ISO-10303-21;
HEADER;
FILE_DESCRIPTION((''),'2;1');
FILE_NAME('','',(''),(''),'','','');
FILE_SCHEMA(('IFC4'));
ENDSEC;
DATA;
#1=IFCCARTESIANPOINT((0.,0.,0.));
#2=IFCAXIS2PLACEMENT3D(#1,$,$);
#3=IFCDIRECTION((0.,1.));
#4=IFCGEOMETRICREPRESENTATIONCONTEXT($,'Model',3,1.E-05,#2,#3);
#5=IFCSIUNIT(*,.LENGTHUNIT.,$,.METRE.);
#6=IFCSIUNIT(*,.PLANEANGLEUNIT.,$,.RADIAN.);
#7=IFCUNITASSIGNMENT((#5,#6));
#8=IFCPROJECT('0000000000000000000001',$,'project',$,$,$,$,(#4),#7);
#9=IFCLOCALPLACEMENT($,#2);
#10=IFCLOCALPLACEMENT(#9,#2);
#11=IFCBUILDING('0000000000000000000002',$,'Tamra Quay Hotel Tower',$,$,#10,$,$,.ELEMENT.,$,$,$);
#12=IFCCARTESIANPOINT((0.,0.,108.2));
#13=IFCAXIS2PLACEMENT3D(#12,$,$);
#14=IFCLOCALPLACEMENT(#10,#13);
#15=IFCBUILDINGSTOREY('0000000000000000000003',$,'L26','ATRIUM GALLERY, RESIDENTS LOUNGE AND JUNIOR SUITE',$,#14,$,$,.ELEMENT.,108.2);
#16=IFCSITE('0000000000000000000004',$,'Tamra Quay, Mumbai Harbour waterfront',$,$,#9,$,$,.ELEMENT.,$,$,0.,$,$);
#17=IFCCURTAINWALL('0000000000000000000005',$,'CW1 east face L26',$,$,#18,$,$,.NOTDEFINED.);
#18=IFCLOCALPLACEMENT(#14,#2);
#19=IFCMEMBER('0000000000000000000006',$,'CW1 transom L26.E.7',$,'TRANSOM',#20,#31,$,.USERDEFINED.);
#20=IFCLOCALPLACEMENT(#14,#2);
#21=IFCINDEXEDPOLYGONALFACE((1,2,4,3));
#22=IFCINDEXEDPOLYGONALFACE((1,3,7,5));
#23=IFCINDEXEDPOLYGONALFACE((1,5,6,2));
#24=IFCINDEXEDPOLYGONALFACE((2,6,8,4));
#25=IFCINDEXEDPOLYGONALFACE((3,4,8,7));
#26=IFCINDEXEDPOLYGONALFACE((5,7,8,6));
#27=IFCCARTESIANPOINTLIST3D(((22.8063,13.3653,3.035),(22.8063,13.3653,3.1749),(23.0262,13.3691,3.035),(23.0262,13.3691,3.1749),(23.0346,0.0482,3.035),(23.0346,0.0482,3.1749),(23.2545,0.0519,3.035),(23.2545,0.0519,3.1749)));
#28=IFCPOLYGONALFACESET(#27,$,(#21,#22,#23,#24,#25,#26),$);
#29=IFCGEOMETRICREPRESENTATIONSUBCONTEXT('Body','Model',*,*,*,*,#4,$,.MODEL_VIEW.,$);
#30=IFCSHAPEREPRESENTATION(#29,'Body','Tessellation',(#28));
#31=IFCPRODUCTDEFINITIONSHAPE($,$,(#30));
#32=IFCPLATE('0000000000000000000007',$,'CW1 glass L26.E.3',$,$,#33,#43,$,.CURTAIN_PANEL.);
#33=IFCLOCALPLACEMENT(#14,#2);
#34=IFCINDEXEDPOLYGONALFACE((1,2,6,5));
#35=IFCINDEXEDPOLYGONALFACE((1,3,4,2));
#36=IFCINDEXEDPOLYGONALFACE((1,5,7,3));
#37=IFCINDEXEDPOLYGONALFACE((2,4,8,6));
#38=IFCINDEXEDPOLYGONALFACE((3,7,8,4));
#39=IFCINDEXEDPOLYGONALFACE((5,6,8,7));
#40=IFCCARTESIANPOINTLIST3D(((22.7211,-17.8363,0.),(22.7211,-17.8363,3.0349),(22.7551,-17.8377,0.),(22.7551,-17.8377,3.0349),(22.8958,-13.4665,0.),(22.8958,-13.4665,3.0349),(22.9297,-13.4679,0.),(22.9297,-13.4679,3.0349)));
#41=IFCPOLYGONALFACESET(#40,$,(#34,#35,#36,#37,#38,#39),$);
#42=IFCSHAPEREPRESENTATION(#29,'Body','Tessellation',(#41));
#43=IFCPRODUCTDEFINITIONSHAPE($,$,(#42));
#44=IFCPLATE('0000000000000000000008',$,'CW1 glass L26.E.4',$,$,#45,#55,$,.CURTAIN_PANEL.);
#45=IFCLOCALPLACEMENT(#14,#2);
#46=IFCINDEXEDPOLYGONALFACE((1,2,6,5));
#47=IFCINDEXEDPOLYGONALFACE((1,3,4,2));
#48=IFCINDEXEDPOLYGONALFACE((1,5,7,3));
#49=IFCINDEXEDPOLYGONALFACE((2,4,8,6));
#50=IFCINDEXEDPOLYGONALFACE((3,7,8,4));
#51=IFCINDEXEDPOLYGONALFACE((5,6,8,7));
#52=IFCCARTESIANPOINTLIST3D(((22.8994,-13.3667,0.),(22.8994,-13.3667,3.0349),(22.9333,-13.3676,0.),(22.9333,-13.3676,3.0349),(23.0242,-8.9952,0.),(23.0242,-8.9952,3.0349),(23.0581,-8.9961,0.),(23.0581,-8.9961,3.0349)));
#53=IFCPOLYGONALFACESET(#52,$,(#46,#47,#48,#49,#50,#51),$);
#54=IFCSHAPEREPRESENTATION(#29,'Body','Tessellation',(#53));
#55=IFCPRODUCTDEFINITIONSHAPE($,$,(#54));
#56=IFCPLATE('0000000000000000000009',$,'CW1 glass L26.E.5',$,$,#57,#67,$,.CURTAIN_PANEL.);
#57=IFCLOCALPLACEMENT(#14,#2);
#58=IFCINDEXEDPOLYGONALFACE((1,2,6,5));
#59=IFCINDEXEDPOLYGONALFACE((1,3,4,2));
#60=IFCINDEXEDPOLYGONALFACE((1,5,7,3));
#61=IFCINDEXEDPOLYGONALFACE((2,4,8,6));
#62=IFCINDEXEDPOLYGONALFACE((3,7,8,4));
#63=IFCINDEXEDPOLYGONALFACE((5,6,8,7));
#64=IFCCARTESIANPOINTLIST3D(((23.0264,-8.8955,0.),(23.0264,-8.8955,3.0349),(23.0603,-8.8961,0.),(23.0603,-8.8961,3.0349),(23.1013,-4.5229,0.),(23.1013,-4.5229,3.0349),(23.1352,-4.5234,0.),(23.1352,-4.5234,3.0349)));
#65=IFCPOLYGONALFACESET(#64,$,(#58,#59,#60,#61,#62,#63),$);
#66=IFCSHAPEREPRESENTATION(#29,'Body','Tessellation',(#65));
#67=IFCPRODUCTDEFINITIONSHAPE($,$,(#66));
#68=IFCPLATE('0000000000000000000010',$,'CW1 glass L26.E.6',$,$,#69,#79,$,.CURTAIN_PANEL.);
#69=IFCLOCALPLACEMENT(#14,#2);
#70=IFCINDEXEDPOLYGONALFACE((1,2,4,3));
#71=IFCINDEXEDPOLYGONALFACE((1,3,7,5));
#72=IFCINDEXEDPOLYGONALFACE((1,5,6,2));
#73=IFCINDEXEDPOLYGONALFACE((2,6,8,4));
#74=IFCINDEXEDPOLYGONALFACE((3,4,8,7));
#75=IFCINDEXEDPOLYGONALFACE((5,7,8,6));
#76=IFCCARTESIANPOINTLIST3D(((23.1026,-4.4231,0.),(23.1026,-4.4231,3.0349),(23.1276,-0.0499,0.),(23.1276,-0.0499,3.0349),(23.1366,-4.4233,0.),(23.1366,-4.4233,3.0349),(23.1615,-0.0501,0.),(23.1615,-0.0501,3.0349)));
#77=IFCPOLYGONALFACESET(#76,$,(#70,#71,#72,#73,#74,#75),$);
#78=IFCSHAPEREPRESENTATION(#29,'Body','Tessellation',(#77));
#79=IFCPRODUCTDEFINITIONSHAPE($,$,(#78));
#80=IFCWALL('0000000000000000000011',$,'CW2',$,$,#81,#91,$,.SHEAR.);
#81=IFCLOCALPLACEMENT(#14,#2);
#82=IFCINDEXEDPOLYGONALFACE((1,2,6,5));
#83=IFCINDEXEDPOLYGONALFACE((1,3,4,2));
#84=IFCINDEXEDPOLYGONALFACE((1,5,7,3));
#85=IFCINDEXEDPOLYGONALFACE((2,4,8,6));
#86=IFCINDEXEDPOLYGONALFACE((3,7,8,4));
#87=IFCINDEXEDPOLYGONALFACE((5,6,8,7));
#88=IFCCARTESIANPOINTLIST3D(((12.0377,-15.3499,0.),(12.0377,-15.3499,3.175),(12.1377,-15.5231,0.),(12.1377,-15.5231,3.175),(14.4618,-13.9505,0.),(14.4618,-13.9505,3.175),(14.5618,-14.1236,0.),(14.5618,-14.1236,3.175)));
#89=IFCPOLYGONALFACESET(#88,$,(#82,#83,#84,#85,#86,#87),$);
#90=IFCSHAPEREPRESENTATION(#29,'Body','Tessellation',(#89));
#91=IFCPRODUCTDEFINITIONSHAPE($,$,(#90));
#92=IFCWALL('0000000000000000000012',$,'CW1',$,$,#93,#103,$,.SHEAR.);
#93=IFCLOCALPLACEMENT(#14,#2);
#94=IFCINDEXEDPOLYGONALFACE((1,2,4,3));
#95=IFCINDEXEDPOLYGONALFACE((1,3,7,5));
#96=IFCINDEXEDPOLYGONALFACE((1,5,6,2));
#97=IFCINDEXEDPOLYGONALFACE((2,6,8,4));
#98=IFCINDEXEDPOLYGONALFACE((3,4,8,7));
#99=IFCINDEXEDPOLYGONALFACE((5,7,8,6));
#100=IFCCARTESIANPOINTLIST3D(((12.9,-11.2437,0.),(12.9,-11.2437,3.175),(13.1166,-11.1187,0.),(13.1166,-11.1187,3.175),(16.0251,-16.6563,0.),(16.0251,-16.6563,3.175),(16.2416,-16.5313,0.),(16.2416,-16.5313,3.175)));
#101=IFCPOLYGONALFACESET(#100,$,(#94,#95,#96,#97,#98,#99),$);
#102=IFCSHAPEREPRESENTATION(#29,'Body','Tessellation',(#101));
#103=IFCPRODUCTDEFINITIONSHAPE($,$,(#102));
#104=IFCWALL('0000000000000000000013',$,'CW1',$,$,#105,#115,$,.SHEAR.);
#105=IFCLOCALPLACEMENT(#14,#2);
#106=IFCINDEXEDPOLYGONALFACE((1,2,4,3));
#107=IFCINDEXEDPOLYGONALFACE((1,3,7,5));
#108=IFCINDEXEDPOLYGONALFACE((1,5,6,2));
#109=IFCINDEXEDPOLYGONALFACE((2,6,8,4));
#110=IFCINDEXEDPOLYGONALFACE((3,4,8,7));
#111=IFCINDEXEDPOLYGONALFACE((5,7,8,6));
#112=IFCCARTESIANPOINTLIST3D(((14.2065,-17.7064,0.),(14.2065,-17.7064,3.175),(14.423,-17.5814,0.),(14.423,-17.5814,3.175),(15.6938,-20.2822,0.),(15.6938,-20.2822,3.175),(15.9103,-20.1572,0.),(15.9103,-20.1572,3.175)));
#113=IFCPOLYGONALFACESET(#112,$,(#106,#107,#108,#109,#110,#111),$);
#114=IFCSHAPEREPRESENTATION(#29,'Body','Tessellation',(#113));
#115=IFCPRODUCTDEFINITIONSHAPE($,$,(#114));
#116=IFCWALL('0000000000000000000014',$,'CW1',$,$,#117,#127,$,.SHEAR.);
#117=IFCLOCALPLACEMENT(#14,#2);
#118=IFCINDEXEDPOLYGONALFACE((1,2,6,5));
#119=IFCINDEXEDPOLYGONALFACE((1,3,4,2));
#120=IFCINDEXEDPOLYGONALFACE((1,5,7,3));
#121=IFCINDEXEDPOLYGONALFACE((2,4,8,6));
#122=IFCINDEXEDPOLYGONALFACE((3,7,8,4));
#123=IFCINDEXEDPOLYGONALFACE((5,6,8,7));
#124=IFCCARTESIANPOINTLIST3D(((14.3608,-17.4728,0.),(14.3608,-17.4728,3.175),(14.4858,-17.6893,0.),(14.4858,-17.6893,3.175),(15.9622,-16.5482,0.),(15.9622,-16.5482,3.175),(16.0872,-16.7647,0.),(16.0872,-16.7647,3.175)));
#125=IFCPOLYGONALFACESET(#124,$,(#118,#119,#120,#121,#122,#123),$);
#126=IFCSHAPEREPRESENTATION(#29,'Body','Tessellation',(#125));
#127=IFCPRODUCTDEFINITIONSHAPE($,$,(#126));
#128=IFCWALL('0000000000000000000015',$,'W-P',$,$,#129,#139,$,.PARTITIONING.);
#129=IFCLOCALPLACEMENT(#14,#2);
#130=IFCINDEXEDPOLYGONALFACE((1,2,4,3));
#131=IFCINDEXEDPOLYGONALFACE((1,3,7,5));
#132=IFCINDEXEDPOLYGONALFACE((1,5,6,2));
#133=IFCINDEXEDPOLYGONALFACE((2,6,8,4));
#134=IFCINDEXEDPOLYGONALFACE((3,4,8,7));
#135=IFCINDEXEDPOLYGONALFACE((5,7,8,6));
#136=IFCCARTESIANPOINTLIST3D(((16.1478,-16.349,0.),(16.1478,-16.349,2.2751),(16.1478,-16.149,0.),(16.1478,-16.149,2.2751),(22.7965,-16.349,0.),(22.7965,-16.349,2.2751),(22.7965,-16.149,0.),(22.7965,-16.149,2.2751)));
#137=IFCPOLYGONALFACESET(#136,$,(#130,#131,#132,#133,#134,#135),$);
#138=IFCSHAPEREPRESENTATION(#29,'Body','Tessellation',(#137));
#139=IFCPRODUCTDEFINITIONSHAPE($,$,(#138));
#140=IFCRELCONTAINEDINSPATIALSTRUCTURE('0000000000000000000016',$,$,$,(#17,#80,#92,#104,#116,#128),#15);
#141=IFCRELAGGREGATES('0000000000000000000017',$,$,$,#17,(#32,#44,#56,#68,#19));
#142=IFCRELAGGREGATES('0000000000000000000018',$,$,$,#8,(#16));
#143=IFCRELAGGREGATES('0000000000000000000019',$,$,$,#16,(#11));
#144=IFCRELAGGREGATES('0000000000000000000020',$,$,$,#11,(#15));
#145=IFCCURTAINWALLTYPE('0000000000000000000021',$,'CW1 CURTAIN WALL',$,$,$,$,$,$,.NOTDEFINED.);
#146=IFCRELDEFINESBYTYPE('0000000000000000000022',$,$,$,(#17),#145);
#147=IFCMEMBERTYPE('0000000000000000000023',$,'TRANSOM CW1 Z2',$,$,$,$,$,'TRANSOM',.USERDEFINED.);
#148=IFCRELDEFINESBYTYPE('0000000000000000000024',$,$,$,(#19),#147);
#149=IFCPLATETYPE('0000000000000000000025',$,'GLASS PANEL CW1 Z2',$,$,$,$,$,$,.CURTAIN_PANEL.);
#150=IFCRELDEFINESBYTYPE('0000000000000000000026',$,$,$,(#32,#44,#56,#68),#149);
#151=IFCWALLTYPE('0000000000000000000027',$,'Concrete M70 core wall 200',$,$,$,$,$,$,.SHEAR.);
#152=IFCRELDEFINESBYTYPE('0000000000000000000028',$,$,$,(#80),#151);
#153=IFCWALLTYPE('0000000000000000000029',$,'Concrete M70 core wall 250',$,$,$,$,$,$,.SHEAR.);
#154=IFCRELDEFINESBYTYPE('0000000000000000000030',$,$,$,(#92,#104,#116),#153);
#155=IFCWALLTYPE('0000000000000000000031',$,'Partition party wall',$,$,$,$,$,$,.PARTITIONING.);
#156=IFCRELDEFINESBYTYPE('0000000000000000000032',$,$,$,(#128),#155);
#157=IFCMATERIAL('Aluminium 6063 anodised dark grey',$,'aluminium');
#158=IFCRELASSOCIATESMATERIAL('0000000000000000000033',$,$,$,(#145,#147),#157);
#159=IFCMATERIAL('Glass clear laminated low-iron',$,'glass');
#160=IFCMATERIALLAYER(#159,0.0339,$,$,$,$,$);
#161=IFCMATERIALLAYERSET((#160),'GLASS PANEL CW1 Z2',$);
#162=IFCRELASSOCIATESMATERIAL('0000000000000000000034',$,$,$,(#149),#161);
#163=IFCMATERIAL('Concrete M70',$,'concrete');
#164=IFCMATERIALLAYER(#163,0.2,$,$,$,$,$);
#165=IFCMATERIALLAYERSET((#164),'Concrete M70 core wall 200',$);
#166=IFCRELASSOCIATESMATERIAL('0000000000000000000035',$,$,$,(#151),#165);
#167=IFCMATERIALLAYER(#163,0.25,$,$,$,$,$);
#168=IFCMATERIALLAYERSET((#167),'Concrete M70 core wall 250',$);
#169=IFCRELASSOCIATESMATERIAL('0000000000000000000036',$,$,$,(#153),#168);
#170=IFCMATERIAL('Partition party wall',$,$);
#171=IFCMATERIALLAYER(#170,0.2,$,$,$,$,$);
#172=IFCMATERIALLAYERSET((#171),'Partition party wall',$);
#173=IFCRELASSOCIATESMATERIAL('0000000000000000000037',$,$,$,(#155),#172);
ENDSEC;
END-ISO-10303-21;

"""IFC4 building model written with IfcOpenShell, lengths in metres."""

from ifc_helpers import new_model, si_unit, direction, frame, frame_2d, origin, origin_2d, place, context, subcontext, project, spatial, rectangle, extrude, material, layer, layer_set, material_profile, profile_set, type_object, element, aggregate, save


model = new_model("IFC4")

# Units and contexts
model_context = context("Model", 3, precision=1e-05, world=origin(), true_north=direction((0.0, 1.0)))
body_context = subcontext(model_context, "Body", "Model", "MODEL_VIEW")
ifc_project = project(units=[si_unit("LENGTHUNIT", "METRE"), si_unit("PLANEANGLEUNIT", "RADIAN")], contexts=[model_context])

# Site, building, storey
site_placement = place(None, origin())
site = spatial("IfcSite", under=ifc_project, at=site_placement, Name="Tamra Quay, Mumbai Harbour waterfront", CompositionType="ELEMENT", RefElevation=0.0)
building_placement = place(site_placement, origin())
building = spatial("IfcBuilding", under=site, at=building_placement, Name="Tamra Quay Hotel Tower", CompositionType="ELEMENT")
storey_placement = place(building_placement, frame((0.0, 0.0, 108.2)))
storey = spatial("IfcBuildingStorey", under=building, at=storey_placement, Name="L26", Description="ATRIUM GALLERY, RESIDENTS LOUNGE AND JUNIOR SUITE", CompositionType="ELEMENT", Elevation=108.2)

# Shared definitions
ifc_material_1 = material(Name="Concrete M70", Category="concrete")

# Curtain wall
ifc_material_2 = material(Name="Aluminium 6063 anodised dark grey", Category="aluminium")
curtain_wall_type = type_object("IfcCurtainWallType", Name="CW1 CURTAIN WALL", PredefinedType="NOTDEFINED", material=ifc_material_2)
curtain_wall_placement = place(storey_placement, origin())
curtain_wall = element("IfcCurtainWall", 1, at=curtain_wall_placement, inside=storey, type_object=curtain_wall_type, Name="CW1 east face L26", PredefinedType="NOTDEFINED")

# Member
ifc_material_profile_1 = material_profile(ifc_material_2, rectangle(XDim=0.22, YDim=0.1399, at=origin_2d()), Name="TRANSOM 220X140")
ifc_profile_set_1 = profile_set([ifc_material_profile_1], Name="Aluminium 6063 anodised dark grey")
member_type_1 = type_object("IfcMemberType", Name="TRANSOM CW1 Z2", ElementType="TRANSOM", PredefinedType="USERDEFINED", material=ifc_profile_set_1)
member_1_placement = place(storey_placement, frame((23.1445, 0.05, 3.105), z_axis=(-0.017139, 0.999853, 0.0), x_axis=(-0.999853, -0.017139, 0.0)))
member_1 = element("IfcMember", 2, at=member_1_placement, type_object=member_type_1, Name="CW1 transom L26.E.7", ObjectType="TRANSOM", PredefinedType="USERDEFINED", context=body_context, shape_type="SweptSolid", body=[
    extrude(rectangle(XDim=0.22, YDim=0.1399, at=origin_2d()), origin(), (0.0, 0.0, 1.0), 13.3191),
])

# Plates
ifc_material_3 = material(Name="Glass clear laminated low-iron", Category="glass")
ifc_layer_1 = layer(ifc_material_3, 0.0339)
ifc_layer_set_1 = layer_set([ifc_layer_1], Name="GLASS PANEL CW1 Z2")
plate_type = type_object("IfcPlateType", Name="GLASS PANEL CW1 Z2", PredefinedType="CURTAIN_PANEL", material=ifc_layer_set_1)
plate_1_placement = place(storey_placement, frame((22.8254, -15.6521, 0.0), z_axis=(0.0, 0.0, 1.0), x_axis=(0.039944, 0.999202, 0.0)))
plate_1 = element("IfcPlate", 3, at=plate_1_placement, type_object=plate_type, Name="CW1 glass L26.E.3", PredefinedType="CURTAIN_PANEL", context=body_context, shape_type="SweptSolid", body=[
    extrude(rectangle(XDim=4.3733, YDim=0.0339, at=origin_2d()), origin(), (0.0, 0.0, 1.0), 3.0349),
])
plate_2_placement = place(storey_placement, frame((22.9788, -11.1814, 0.0), z_axis=(0.0, 0.0, 1.0), x_axis=(0.028546, 0.999592, 0.0)))
plate_2 = element("IfcPlate", 4, at=plate_2_placement, type_object=plate_type, Name="CW1 glass L26.E.4", PredefinedType="CURTAIN_PANEL", context=body_context, shape_type="SweptSolid", body=[
    extrude(rectangle(XDim=4.3733, YDim=0.0339, at=origin_2d()), origin(), (0.0, 0.0, 1.0), 3.0349),
])
plate_3_placement = place(storey_placement, frame((23.0808, -6.7095, 0.0), z_axis=(0.0, 0.0, 1.0), x_axis=(0.017134, 0.999853, 0.0)))
plate_3 = element("IfcPlate", 5, at=plate_3_placement, type_object=plate_type, Name="CW1 glass L26.E.5", PredefinedType="CURTAIN_PANEL", context=body_context, shape_type="SweptSolid", body=[
    extrude(rectangle(XDim=4.3733, YDim=0.0339, at=origin_2d()), origin(), (0.0, 0.0, 1.0), 3.0349),
])
plate_4_placement = place(storey_placement, frame((23.1321, -2.2366, 0.0), z_axis=(0.0, 0.0, 1.0), x_axis=(0.005713, 0.999984, 0.0)))
plate_4 = element("IfcPlate", 6, at=plate_4_placement, type_object=plate_type, Name="CW1 glass L26.E.6", PredefinedType="CURTAIN_PANEL", context=body_context, shape_type="SweptSolid", body=[
    extrude(rectangle(XDim=4.3733, YDim=0.0339, at=origin_2d()), origin(), (0.0, 0.0, 1.0), 3.0349),
])
aggregate(curtain_wall, [plate_1, plate_2, plate_3, plate_4, member_1])

# Walls
ifc_layer_2 = layer(ifc_material_1, 0.2)
ifc_layer_set_2 = layer_set([ifc_layer_2], Name="Concrete M70 core wall 200")
wall_type_1 = type_object("IfcWallType", Name="Concrete M70 core wall 200", PredefinedType="SHEAR", material=ifc_layer_set_2)
wall_1_placement = place(storey_placement, frame((14.5117, -14.0371, 0.0), z_axis=(0.0, 0.0, 1.0), x_axis=(-0.866045, -0.499967, 0.0)))
element("IfcWall", 7, at=wall_1_placement, inside=storey, type_object=wall_type_1, Name="CW2", PredefinedType="SHEAR", context=body_context, shape_type="SweptSolid", body=[
    extrude(rectangle(XDim=2.7991, YDim=0.2, at=frame_2d((1.3994, 0.0))), origin(), (0.0, 0.0, 1.0), 3.175),
])
ifc_layer_3 = layer(ifc_material_1, 0.25)
ifc_layer_set_3 = layer_set([ifc_layer_3], Name="Concrete M70 core wall 250")
wall_type_2 = type_object("IfcWallType", Name="Concrete M70 core wall 250", PredefinedType="SHEAR", material=ifc_layer_set_3)
wall_2_placement = place(storey_placement, frame((13.0083, -11.1812, 0.0), z_axis=(0.0, 0.0, 1.0), x_axis=(0.500004, -0.866023, 0.0)))
element("IfcWall", 8, at=wall_2_placement, inside=storey, type_object=wall_type_2, Name="CW1", PredefinedType="SHEAR", context=body_context, shape_type="SweptSolid", body=[
    extrude(rectangle(XDim=6.25, YDim=0.25, at=frame_2d((3.125, 0.0))), origin(), (0.0, 0.0, 1.0), 3.175),
])
wall_3_placement = place(storey_placement, frame((14.3147, -17.6438, 0.0), z_axis=(0.0, 0.0, 1.0), x_axis=(0.500023, -0.866012, 0.0)))
element("IfcWall", 9, at=wall_3_placement, inside=storey, type_object=wall_type_2, Name="CW1", PredefinedType="SHEAR", context=body_context, shape_type="SweptSolid", body=[
    extrude(rectangle(XDim=2.9744, YDim=0.25, at=frame_2d((1.4873, 0.0))), origin(), (0.0, 0.0, 1.0), 3.175),
])
wall_4_placement = place(storey_placement, frame((16.0247, -16.6565, 0.0), z_axis=(0.0, 0.0, 1.0), x_axis=(-0.866016, -0.500016, 0.0)))
element("IfcWall", 10, at=wall_4_placement, inside=storey, type_object=wall_type_2, Name="CW1", PredefinedType="SHEAR", context=body_context, shape_type="SweptSolid", body=[
    extrude(rectangle(XDim=1.8491, YDim=0.25, at=frame_2d((0.9246, 0.0))), origin(), (0.0, 0.0, 1.0), 3.175),
])
ifc_material_4 = material(Name="Partition party wall")
ifc_layer_4 = layer(ifc_material_4, 0.2)
ifc_layer_set_4 = layer_set([ifc_layer_4], Name="Partition party wall")
wall_type_3 = type_object("IfcWallType", Name="Partition party wall", PredefinedType="PARTITIONING", material=ifc_layer_set_4)
wall_5_placement = place(storey_placement, frame((16.1479, -16.249, 0.0), z_axis=(0.0, 0.0, 1.0), x_axis=(1.0, 0.0, 0.0)))
element("IfcWall", 11, at=wall_5_placement, inside=storey, type_object=wall_type_3, Name="W-P", PredefinedType="PARTITIONING", context=body_context, shape_type="SweptSolid", body=[
    extrude(rectangle(XDim=6.6487, YDim=0.2, at=frame_2d((3.3242, 0.0))), origin(), (0.0, 0.0, 1.0), 2.2751),
])

save(model, "model.ifc")
